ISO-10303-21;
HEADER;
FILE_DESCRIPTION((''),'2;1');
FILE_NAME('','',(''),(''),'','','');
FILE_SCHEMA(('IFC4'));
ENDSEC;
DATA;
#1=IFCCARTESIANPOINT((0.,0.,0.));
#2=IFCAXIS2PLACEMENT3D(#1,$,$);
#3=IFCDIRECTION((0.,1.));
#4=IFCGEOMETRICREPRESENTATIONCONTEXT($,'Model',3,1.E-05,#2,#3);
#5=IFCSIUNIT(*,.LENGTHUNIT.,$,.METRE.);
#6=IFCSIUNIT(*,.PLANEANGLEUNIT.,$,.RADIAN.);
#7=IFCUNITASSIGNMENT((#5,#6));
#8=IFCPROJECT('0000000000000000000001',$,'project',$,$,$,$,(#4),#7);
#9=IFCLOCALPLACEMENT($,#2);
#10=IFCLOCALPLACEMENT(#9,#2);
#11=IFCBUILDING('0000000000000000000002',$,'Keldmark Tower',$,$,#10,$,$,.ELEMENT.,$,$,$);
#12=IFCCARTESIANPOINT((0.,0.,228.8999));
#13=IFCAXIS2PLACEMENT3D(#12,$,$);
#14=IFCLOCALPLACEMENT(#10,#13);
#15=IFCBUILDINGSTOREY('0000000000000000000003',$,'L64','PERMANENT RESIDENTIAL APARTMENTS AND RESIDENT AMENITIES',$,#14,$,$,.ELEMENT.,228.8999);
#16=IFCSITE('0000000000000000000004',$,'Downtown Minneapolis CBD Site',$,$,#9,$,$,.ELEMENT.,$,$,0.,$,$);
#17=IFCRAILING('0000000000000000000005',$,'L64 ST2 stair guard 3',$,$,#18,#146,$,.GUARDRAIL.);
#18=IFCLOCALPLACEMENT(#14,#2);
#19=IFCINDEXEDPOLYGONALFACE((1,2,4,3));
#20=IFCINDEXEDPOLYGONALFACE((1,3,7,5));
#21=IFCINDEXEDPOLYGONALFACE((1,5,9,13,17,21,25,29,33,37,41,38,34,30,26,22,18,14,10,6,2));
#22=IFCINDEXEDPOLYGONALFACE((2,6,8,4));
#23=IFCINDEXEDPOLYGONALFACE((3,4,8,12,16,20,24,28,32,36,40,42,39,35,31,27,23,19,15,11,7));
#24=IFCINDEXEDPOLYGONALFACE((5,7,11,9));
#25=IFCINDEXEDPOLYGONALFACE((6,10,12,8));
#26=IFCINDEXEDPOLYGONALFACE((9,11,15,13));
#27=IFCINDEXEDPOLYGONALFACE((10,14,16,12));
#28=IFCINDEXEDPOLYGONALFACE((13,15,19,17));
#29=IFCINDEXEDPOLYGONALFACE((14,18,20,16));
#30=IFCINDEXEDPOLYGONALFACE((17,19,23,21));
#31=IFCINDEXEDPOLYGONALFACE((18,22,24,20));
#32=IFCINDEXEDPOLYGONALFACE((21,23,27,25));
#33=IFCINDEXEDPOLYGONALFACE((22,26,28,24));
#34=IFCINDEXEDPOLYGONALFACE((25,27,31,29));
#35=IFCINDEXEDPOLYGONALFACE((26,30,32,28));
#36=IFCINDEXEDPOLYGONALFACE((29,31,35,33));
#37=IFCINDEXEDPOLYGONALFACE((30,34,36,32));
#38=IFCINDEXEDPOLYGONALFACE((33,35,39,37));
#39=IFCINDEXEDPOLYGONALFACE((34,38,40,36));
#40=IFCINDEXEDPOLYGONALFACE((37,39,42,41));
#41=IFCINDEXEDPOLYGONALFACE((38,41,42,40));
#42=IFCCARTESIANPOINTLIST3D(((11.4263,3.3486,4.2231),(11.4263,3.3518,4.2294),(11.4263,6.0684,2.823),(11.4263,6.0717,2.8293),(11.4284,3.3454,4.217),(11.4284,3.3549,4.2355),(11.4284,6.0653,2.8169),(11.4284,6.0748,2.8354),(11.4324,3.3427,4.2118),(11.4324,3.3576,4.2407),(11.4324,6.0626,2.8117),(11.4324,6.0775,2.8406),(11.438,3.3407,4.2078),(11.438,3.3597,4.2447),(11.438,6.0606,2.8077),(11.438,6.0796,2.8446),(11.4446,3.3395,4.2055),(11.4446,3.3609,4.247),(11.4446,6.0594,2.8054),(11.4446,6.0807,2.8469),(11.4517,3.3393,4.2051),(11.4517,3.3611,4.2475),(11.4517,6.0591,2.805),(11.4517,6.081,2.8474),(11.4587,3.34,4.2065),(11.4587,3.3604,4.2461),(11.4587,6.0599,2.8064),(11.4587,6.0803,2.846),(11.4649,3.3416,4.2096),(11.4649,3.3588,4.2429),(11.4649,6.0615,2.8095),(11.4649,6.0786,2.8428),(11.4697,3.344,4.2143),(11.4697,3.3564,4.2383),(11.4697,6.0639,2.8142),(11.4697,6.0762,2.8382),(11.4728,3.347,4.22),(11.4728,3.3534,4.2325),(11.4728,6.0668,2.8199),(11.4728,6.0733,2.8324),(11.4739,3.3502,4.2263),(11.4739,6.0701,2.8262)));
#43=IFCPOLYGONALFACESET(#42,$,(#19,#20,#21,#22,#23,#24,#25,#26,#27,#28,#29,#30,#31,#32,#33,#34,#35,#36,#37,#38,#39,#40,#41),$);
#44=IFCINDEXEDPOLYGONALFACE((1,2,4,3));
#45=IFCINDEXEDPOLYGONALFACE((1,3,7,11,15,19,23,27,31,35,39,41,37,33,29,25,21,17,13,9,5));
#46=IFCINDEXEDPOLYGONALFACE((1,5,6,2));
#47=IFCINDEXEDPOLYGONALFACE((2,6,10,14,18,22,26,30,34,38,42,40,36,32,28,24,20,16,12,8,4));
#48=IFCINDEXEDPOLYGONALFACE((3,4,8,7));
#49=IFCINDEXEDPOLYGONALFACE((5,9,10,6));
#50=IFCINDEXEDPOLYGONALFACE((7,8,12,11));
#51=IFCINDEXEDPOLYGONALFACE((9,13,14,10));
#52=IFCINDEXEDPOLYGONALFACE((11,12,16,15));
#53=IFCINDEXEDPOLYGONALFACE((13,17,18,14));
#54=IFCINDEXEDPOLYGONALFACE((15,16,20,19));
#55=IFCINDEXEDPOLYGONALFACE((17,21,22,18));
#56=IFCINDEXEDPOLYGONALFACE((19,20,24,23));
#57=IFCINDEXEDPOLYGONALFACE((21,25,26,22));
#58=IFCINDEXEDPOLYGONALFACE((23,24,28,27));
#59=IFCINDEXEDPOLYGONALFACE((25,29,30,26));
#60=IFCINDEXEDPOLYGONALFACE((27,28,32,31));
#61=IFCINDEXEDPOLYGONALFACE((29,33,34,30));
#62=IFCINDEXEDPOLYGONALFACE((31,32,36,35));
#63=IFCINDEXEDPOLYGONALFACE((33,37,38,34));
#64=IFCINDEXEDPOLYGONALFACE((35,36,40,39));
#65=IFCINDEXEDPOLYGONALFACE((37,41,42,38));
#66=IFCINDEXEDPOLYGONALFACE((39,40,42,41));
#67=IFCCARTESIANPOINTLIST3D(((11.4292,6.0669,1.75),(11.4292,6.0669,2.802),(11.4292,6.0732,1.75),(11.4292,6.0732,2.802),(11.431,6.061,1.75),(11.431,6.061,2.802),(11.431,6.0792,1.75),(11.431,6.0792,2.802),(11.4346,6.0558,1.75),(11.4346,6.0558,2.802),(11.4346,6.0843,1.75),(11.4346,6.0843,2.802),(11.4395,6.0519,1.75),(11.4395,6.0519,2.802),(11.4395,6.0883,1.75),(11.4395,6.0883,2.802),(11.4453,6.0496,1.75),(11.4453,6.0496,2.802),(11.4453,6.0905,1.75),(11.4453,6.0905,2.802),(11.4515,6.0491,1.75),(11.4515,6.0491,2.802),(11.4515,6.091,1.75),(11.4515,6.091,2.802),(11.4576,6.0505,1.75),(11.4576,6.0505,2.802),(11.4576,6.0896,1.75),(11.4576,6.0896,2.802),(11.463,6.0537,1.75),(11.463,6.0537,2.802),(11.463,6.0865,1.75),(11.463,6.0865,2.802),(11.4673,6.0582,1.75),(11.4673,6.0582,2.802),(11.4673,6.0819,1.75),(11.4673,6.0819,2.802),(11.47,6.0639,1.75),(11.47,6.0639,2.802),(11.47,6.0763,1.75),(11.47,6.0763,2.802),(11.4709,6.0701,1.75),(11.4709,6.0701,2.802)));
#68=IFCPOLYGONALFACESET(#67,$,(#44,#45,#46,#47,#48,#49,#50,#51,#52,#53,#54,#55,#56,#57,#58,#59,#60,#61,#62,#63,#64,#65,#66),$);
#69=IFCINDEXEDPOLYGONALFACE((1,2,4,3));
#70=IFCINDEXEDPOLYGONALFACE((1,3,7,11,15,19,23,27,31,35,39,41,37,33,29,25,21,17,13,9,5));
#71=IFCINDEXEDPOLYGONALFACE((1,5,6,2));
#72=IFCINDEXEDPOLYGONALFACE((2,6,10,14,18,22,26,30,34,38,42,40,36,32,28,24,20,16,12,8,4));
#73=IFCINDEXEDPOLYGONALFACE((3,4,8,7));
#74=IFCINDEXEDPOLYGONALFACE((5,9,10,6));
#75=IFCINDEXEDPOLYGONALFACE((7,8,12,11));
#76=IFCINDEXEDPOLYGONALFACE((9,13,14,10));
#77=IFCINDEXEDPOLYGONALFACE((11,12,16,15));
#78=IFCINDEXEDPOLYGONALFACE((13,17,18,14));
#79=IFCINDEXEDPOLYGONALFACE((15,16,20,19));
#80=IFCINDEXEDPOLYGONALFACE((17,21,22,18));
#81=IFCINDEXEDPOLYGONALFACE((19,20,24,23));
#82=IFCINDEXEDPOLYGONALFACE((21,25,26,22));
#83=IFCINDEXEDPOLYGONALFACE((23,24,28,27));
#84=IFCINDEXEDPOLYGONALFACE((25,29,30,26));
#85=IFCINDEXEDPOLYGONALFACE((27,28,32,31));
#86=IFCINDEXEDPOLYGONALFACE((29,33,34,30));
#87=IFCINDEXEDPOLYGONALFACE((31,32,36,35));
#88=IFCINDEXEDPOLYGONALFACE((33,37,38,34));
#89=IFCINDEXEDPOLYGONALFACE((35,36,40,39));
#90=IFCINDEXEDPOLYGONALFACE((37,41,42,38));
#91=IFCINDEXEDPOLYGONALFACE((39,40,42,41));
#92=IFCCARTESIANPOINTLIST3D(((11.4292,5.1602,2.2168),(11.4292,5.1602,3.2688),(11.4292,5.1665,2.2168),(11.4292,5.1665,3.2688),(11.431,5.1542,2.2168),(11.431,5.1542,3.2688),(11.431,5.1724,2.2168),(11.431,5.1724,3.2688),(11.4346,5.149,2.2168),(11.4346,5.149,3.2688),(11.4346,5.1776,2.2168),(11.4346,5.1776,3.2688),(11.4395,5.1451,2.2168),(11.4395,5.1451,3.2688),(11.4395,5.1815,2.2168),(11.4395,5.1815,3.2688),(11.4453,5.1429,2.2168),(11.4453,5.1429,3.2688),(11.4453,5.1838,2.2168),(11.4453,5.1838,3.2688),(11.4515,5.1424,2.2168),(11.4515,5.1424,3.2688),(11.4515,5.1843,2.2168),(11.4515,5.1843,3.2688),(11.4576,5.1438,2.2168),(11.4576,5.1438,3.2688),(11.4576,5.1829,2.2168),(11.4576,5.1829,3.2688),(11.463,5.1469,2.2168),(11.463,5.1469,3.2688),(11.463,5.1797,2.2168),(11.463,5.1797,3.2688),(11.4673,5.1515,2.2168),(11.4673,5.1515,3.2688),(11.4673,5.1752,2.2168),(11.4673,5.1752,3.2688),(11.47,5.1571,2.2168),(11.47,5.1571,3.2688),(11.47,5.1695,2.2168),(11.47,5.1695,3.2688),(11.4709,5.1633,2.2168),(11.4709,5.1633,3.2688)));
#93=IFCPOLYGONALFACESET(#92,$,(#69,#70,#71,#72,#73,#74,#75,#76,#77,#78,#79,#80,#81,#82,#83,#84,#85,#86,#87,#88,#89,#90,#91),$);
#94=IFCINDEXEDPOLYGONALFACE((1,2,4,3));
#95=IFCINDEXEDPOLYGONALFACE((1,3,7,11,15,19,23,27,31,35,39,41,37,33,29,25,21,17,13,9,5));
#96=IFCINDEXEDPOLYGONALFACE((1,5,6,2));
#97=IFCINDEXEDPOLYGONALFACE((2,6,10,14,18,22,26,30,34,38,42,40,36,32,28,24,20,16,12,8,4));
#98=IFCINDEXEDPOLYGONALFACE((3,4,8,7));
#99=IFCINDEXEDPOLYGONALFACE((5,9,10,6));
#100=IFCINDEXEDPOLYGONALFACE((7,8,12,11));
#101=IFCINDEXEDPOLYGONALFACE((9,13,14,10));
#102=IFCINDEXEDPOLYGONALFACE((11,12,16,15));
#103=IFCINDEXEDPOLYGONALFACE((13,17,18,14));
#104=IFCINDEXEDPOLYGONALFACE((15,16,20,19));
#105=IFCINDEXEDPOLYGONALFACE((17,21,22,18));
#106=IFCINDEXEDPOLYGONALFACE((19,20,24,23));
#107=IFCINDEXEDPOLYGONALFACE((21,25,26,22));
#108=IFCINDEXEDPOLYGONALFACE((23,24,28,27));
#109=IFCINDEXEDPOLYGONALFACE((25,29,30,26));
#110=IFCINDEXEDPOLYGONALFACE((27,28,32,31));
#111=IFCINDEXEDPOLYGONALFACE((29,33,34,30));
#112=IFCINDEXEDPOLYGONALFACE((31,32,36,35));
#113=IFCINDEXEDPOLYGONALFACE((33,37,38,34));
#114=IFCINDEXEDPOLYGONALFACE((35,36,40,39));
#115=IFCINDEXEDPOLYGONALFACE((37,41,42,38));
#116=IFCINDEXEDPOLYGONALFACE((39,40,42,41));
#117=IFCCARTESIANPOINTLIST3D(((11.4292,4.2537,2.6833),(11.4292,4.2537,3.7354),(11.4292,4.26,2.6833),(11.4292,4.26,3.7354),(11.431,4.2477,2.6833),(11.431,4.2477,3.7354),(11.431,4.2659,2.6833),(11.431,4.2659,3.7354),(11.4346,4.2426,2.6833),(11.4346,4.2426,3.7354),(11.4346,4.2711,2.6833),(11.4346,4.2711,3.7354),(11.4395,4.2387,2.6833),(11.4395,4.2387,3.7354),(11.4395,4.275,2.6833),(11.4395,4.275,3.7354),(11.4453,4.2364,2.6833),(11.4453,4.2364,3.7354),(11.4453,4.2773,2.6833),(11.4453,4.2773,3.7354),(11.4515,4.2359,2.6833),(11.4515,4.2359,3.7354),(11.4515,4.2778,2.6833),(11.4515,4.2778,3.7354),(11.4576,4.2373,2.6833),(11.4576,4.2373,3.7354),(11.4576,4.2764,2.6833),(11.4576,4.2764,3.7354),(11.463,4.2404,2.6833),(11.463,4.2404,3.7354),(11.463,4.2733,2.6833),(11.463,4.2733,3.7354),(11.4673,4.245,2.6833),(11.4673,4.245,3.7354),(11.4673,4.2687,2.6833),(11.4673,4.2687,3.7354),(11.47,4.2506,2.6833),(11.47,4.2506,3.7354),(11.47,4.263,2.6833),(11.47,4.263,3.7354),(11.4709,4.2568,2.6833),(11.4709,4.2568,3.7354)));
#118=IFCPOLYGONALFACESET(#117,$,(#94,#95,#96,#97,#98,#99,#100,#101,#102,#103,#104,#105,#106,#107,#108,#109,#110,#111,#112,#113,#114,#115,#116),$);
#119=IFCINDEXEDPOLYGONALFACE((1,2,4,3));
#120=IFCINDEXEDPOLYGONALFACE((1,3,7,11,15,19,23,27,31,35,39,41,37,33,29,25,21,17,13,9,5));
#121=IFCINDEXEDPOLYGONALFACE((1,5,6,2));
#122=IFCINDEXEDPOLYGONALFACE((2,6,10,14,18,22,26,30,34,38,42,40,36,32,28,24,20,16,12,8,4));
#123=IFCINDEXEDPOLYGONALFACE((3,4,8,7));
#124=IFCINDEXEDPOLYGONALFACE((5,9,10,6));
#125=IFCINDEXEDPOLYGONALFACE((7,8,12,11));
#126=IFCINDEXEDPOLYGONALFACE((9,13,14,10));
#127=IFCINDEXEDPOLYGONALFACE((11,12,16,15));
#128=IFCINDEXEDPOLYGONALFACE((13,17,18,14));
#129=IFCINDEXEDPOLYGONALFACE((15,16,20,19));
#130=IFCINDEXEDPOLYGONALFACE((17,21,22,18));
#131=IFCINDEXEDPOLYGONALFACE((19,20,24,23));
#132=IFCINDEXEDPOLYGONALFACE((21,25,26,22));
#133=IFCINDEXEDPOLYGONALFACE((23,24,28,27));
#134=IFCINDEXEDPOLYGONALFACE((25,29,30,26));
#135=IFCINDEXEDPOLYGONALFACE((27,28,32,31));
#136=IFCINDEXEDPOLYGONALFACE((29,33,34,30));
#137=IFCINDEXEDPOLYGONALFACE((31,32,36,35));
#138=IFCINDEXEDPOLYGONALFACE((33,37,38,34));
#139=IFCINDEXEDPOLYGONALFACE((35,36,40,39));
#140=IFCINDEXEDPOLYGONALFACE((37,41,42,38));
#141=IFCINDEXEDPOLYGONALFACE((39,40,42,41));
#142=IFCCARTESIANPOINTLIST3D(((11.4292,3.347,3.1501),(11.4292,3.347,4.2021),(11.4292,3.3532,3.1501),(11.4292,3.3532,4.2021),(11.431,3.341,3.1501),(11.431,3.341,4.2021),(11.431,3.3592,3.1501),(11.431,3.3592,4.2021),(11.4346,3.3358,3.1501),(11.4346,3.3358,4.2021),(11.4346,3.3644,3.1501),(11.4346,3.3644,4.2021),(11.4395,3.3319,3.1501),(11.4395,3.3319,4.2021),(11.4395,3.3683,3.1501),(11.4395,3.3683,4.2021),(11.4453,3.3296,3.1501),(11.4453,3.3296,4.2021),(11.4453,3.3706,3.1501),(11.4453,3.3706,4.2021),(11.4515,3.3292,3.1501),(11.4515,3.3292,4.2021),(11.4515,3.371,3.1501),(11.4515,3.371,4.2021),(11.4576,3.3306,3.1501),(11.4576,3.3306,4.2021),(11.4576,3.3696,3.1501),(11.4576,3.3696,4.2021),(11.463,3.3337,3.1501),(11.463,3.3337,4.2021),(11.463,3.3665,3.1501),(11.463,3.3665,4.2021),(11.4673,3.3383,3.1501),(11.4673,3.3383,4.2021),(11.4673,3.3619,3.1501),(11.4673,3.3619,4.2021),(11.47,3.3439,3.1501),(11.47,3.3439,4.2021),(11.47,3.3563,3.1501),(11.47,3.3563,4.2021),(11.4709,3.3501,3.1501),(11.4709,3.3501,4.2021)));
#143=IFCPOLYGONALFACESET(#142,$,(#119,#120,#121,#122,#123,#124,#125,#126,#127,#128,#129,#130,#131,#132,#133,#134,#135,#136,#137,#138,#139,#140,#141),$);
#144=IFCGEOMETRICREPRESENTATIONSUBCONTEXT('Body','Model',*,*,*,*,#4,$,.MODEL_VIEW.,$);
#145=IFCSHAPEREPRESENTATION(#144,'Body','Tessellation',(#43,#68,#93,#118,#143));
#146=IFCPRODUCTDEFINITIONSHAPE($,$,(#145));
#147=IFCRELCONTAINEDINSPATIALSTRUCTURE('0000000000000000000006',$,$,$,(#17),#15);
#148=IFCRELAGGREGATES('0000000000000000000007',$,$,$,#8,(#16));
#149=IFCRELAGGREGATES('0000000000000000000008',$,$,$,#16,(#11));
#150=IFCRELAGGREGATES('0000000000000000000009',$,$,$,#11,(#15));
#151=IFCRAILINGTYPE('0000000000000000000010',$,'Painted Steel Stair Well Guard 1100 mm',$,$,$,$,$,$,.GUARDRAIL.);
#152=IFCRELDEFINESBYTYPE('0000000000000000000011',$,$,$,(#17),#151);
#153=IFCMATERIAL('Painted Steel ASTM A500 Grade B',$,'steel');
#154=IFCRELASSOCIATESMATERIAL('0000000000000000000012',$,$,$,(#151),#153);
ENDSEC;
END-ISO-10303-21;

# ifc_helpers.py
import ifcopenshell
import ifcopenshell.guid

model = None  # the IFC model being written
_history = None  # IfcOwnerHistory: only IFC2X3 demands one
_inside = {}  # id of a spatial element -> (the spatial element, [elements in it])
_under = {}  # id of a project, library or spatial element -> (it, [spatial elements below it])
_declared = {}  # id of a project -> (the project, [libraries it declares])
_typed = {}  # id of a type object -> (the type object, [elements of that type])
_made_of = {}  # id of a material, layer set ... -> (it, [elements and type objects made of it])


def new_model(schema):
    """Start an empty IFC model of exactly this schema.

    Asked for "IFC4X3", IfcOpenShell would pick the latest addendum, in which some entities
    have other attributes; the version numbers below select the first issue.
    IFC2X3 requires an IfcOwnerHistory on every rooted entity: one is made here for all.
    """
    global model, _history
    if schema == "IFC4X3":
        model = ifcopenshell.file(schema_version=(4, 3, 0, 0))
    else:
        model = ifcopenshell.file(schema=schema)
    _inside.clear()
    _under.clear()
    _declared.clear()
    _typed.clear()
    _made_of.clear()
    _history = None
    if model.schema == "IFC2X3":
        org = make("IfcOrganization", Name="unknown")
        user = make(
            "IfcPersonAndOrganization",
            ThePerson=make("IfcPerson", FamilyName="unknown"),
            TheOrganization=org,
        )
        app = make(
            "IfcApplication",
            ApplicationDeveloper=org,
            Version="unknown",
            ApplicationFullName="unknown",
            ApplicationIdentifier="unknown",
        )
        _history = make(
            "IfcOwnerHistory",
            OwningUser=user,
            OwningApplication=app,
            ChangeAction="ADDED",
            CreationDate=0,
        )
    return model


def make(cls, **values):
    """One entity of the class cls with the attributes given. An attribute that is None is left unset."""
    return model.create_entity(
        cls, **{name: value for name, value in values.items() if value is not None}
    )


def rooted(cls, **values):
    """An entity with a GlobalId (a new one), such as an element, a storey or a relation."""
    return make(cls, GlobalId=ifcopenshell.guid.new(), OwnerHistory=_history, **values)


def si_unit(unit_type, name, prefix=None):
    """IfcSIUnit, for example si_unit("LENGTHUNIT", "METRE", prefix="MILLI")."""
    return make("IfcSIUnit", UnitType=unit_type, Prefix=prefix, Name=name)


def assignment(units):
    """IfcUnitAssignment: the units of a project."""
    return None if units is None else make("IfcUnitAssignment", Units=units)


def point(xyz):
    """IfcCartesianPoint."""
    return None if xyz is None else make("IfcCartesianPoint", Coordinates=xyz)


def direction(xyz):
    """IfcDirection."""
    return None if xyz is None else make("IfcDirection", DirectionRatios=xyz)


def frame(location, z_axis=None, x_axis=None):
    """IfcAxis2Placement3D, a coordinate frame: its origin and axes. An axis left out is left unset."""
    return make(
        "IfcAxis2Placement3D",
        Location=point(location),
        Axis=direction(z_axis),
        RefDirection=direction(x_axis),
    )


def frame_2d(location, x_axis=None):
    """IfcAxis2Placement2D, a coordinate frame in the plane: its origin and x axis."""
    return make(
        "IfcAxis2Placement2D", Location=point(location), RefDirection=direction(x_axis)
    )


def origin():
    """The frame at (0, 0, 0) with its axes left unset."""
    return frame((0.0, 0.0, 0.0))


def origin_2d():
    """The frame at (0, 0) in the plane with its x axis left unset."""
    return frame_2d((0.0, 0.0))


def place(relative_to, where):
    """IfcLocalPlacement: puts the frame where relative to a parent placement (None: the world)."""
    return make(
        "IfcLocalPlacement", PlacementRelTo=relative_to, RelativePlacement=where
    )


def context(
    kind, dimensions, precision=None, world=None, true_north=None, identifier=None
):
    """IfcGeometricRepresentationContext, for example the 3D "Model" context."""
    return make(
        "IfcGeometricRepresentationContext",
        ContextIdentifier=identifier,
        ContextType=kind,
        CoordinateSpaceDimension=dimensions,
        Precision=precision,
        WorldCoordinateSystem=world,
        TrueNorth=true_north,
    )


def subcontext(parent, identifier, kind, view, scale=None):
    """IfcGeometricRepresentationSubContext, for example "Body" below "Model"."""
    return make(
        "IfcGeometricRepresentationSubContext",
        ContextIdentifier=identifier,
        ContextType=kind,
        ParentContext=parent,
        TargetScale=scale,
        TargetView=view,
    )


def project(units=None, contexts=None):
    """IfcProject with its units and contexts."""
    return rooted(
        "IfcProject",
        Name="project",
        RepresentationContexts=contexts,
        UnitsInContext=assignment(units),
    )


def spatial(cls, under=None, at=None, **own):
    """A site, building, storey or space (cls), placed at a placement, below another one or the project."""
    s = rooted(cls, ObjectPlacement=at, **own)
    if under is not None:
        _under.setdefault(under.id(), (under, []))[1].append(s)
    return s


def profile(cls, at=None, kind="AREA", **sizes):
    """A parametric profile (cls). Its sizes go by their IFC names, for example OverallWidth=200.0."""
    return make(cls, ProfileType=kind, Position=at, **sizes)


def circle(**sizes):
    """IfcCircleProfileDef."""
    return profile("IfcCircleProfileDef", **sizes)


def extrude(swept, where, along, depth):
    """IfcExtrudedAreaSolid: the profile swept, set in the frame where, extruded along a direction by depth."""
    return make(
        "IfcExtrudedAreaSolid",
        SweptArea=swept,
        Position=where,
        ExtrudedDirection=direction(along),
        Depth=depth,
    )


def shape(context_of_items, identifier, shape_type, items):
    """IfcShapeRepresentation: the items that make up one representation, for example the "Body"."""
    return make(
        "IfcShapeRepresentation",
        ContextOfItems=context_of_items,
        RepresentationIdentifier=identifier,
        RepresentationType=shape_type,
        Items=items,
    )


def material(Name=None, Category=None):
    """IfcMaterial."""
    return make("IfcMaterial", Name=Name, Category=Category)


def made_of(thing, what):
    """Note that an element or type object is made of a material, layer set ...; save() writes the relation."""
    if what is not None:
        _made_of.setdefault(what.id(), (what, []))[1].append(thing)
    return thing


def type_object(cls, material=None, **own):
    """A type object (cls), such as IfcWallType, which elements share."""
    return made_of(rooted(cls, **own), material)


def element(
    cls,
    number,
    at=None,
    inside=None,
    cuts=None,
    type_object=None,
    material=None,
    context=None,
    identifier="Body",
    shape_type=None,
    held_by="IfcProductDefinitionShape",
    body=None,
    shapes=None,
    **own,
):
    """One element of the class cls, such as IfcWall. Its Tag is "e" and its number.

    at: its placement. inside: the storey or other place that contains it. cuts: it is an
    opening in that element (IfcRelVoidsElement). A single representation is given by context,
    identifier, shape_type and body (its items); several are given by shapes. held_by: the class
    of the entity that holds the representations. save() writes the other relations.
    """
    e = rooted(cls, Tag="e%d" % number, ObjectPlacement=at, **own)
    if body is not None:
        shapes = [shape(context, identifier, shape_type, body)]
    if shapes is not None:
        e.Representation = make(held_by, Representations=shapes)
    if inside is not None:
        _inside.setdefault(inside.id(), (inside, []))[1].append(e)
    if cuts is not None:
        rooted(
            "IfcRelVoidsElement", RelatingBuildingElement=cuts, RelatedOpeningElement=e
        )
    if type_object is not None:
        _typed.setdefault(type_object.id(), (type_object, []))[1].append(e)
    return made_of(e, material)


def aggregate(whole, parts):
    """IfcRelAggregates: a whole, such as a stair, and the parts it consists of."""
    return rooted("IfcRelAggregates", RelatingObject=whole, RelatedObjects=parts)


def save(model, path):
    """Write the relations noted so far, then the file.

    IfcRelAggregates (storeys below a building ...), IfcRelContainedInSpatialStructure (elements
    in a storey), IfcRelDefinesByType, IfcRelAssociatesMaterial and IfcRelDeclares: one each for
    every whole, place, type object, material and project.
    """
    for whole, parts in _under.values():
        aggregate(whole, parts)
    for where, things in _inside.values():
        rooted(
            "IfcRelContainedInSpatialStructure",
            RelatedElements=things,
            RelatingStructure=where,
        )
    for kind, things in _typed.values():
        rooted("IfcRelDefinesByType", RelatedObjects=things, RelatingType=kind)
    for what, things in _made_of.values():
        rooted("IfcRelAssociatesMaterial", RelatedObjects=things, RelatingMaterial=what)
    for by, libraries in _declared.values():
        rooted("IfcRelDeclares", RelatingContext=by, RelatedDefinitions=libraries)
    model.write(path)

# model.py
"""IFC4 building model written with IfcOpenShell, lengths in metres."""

from ifc_helpers import new_model, si_unit, direction, frame, origin, origin_2d, place, context, subcontext, project, spatial, circle, extrude, material, type_object, element, save


model = new_model("IFC4")

# Units and contexts
model_context = context("Model", 3, precision=1e-05, world=origin(), true_north=direction((0.0, 1.0)))
body_context = subcontext(model_context, "Body", "Model", "MODEL_VIEW")
ifc_project = project(units=[si_unit("LENGTHUNIT", "METRE"), si_unit("PLANEANGLEUNIT", "RADIAN")], contexts=[model_context])

# Site, building, storey
site_placement = place(None, origin())
site = spatial("IfcSite", under=ifc_project, at=site_placement, Name="Downtown Minneapolis CBD Site", CompositionType="ELEMENT", RefElevation=0.0)
building_placement = place(site_placement, origin())
building = spatial("IfcBuilding", under=site, at=building_placement, Name="Keldmark Tower", CompositionType="ELEMENT")
storey_placement = place(building_placement, frame((0.0, 0.0, 228.8999)))
storey = spatial("IfcBuildingStorey", under=building, at=storey_placement, Name="L64", Description="PERMANENT RESIDENTIAL APARTMENTS AND RESIDENT AMENITIES", CompositionType="ELEMENT", Elevation=228.8999)

# Railing
ifc_material_1 = material(Name="Painted Steel ASTM A500 Grade B", Category="steel")
railing_type_1 = type_object("IfcRailingType", Name="Painted Steel Stair Well Guard 1100 mm", PredefinedType="GUARDRAIL", material=ifc_material_1)
railing_1_placement = place(storey_placement, frame((11.45, 6.0701, 1.75)))
element("IfcRailing", 1, at=railing_1_placement, inside=storey, type_object=railing_type_1, Name="L64 ST2 stair guard 3", PredefinedType="GUARDRAIL", context=body_context, shape_type="SweptSolid", body=[
    extrude(circle(Radius=0.0239, at=origin_2d()), frame((0.0, 0.0, 1.0762), z_axis=(0.0, -0.889114, 0.457685), x_axis=(1.0, 0.0, 0.0)), (0.0, 0.0, 1.0), 3.0591),
    extrude(circle(Radius=0.021, at=origin_2d()), origin(), (0.0, 0.0, 1.0), 1.052),
    extrude(circle(Radius=0.021, at=origin_2d()), frame((0.0, -0.9067, 0.4668)), (0.0, 0.0, 1.0), 1.052),
    extrude(circle(Radius=0.021, at=origin_2d()), frame((0.0, -1.8132, 0.9333)), (0.0, 0.0, 1.0), 1.052),
    extrude(circle(Radius=0.021, at=origin_2d()), frame((0.0, -2.72, 1.4001)), (0.0, 0.0, 1.0), 1.052),
])

save(model, "model.ifc")
